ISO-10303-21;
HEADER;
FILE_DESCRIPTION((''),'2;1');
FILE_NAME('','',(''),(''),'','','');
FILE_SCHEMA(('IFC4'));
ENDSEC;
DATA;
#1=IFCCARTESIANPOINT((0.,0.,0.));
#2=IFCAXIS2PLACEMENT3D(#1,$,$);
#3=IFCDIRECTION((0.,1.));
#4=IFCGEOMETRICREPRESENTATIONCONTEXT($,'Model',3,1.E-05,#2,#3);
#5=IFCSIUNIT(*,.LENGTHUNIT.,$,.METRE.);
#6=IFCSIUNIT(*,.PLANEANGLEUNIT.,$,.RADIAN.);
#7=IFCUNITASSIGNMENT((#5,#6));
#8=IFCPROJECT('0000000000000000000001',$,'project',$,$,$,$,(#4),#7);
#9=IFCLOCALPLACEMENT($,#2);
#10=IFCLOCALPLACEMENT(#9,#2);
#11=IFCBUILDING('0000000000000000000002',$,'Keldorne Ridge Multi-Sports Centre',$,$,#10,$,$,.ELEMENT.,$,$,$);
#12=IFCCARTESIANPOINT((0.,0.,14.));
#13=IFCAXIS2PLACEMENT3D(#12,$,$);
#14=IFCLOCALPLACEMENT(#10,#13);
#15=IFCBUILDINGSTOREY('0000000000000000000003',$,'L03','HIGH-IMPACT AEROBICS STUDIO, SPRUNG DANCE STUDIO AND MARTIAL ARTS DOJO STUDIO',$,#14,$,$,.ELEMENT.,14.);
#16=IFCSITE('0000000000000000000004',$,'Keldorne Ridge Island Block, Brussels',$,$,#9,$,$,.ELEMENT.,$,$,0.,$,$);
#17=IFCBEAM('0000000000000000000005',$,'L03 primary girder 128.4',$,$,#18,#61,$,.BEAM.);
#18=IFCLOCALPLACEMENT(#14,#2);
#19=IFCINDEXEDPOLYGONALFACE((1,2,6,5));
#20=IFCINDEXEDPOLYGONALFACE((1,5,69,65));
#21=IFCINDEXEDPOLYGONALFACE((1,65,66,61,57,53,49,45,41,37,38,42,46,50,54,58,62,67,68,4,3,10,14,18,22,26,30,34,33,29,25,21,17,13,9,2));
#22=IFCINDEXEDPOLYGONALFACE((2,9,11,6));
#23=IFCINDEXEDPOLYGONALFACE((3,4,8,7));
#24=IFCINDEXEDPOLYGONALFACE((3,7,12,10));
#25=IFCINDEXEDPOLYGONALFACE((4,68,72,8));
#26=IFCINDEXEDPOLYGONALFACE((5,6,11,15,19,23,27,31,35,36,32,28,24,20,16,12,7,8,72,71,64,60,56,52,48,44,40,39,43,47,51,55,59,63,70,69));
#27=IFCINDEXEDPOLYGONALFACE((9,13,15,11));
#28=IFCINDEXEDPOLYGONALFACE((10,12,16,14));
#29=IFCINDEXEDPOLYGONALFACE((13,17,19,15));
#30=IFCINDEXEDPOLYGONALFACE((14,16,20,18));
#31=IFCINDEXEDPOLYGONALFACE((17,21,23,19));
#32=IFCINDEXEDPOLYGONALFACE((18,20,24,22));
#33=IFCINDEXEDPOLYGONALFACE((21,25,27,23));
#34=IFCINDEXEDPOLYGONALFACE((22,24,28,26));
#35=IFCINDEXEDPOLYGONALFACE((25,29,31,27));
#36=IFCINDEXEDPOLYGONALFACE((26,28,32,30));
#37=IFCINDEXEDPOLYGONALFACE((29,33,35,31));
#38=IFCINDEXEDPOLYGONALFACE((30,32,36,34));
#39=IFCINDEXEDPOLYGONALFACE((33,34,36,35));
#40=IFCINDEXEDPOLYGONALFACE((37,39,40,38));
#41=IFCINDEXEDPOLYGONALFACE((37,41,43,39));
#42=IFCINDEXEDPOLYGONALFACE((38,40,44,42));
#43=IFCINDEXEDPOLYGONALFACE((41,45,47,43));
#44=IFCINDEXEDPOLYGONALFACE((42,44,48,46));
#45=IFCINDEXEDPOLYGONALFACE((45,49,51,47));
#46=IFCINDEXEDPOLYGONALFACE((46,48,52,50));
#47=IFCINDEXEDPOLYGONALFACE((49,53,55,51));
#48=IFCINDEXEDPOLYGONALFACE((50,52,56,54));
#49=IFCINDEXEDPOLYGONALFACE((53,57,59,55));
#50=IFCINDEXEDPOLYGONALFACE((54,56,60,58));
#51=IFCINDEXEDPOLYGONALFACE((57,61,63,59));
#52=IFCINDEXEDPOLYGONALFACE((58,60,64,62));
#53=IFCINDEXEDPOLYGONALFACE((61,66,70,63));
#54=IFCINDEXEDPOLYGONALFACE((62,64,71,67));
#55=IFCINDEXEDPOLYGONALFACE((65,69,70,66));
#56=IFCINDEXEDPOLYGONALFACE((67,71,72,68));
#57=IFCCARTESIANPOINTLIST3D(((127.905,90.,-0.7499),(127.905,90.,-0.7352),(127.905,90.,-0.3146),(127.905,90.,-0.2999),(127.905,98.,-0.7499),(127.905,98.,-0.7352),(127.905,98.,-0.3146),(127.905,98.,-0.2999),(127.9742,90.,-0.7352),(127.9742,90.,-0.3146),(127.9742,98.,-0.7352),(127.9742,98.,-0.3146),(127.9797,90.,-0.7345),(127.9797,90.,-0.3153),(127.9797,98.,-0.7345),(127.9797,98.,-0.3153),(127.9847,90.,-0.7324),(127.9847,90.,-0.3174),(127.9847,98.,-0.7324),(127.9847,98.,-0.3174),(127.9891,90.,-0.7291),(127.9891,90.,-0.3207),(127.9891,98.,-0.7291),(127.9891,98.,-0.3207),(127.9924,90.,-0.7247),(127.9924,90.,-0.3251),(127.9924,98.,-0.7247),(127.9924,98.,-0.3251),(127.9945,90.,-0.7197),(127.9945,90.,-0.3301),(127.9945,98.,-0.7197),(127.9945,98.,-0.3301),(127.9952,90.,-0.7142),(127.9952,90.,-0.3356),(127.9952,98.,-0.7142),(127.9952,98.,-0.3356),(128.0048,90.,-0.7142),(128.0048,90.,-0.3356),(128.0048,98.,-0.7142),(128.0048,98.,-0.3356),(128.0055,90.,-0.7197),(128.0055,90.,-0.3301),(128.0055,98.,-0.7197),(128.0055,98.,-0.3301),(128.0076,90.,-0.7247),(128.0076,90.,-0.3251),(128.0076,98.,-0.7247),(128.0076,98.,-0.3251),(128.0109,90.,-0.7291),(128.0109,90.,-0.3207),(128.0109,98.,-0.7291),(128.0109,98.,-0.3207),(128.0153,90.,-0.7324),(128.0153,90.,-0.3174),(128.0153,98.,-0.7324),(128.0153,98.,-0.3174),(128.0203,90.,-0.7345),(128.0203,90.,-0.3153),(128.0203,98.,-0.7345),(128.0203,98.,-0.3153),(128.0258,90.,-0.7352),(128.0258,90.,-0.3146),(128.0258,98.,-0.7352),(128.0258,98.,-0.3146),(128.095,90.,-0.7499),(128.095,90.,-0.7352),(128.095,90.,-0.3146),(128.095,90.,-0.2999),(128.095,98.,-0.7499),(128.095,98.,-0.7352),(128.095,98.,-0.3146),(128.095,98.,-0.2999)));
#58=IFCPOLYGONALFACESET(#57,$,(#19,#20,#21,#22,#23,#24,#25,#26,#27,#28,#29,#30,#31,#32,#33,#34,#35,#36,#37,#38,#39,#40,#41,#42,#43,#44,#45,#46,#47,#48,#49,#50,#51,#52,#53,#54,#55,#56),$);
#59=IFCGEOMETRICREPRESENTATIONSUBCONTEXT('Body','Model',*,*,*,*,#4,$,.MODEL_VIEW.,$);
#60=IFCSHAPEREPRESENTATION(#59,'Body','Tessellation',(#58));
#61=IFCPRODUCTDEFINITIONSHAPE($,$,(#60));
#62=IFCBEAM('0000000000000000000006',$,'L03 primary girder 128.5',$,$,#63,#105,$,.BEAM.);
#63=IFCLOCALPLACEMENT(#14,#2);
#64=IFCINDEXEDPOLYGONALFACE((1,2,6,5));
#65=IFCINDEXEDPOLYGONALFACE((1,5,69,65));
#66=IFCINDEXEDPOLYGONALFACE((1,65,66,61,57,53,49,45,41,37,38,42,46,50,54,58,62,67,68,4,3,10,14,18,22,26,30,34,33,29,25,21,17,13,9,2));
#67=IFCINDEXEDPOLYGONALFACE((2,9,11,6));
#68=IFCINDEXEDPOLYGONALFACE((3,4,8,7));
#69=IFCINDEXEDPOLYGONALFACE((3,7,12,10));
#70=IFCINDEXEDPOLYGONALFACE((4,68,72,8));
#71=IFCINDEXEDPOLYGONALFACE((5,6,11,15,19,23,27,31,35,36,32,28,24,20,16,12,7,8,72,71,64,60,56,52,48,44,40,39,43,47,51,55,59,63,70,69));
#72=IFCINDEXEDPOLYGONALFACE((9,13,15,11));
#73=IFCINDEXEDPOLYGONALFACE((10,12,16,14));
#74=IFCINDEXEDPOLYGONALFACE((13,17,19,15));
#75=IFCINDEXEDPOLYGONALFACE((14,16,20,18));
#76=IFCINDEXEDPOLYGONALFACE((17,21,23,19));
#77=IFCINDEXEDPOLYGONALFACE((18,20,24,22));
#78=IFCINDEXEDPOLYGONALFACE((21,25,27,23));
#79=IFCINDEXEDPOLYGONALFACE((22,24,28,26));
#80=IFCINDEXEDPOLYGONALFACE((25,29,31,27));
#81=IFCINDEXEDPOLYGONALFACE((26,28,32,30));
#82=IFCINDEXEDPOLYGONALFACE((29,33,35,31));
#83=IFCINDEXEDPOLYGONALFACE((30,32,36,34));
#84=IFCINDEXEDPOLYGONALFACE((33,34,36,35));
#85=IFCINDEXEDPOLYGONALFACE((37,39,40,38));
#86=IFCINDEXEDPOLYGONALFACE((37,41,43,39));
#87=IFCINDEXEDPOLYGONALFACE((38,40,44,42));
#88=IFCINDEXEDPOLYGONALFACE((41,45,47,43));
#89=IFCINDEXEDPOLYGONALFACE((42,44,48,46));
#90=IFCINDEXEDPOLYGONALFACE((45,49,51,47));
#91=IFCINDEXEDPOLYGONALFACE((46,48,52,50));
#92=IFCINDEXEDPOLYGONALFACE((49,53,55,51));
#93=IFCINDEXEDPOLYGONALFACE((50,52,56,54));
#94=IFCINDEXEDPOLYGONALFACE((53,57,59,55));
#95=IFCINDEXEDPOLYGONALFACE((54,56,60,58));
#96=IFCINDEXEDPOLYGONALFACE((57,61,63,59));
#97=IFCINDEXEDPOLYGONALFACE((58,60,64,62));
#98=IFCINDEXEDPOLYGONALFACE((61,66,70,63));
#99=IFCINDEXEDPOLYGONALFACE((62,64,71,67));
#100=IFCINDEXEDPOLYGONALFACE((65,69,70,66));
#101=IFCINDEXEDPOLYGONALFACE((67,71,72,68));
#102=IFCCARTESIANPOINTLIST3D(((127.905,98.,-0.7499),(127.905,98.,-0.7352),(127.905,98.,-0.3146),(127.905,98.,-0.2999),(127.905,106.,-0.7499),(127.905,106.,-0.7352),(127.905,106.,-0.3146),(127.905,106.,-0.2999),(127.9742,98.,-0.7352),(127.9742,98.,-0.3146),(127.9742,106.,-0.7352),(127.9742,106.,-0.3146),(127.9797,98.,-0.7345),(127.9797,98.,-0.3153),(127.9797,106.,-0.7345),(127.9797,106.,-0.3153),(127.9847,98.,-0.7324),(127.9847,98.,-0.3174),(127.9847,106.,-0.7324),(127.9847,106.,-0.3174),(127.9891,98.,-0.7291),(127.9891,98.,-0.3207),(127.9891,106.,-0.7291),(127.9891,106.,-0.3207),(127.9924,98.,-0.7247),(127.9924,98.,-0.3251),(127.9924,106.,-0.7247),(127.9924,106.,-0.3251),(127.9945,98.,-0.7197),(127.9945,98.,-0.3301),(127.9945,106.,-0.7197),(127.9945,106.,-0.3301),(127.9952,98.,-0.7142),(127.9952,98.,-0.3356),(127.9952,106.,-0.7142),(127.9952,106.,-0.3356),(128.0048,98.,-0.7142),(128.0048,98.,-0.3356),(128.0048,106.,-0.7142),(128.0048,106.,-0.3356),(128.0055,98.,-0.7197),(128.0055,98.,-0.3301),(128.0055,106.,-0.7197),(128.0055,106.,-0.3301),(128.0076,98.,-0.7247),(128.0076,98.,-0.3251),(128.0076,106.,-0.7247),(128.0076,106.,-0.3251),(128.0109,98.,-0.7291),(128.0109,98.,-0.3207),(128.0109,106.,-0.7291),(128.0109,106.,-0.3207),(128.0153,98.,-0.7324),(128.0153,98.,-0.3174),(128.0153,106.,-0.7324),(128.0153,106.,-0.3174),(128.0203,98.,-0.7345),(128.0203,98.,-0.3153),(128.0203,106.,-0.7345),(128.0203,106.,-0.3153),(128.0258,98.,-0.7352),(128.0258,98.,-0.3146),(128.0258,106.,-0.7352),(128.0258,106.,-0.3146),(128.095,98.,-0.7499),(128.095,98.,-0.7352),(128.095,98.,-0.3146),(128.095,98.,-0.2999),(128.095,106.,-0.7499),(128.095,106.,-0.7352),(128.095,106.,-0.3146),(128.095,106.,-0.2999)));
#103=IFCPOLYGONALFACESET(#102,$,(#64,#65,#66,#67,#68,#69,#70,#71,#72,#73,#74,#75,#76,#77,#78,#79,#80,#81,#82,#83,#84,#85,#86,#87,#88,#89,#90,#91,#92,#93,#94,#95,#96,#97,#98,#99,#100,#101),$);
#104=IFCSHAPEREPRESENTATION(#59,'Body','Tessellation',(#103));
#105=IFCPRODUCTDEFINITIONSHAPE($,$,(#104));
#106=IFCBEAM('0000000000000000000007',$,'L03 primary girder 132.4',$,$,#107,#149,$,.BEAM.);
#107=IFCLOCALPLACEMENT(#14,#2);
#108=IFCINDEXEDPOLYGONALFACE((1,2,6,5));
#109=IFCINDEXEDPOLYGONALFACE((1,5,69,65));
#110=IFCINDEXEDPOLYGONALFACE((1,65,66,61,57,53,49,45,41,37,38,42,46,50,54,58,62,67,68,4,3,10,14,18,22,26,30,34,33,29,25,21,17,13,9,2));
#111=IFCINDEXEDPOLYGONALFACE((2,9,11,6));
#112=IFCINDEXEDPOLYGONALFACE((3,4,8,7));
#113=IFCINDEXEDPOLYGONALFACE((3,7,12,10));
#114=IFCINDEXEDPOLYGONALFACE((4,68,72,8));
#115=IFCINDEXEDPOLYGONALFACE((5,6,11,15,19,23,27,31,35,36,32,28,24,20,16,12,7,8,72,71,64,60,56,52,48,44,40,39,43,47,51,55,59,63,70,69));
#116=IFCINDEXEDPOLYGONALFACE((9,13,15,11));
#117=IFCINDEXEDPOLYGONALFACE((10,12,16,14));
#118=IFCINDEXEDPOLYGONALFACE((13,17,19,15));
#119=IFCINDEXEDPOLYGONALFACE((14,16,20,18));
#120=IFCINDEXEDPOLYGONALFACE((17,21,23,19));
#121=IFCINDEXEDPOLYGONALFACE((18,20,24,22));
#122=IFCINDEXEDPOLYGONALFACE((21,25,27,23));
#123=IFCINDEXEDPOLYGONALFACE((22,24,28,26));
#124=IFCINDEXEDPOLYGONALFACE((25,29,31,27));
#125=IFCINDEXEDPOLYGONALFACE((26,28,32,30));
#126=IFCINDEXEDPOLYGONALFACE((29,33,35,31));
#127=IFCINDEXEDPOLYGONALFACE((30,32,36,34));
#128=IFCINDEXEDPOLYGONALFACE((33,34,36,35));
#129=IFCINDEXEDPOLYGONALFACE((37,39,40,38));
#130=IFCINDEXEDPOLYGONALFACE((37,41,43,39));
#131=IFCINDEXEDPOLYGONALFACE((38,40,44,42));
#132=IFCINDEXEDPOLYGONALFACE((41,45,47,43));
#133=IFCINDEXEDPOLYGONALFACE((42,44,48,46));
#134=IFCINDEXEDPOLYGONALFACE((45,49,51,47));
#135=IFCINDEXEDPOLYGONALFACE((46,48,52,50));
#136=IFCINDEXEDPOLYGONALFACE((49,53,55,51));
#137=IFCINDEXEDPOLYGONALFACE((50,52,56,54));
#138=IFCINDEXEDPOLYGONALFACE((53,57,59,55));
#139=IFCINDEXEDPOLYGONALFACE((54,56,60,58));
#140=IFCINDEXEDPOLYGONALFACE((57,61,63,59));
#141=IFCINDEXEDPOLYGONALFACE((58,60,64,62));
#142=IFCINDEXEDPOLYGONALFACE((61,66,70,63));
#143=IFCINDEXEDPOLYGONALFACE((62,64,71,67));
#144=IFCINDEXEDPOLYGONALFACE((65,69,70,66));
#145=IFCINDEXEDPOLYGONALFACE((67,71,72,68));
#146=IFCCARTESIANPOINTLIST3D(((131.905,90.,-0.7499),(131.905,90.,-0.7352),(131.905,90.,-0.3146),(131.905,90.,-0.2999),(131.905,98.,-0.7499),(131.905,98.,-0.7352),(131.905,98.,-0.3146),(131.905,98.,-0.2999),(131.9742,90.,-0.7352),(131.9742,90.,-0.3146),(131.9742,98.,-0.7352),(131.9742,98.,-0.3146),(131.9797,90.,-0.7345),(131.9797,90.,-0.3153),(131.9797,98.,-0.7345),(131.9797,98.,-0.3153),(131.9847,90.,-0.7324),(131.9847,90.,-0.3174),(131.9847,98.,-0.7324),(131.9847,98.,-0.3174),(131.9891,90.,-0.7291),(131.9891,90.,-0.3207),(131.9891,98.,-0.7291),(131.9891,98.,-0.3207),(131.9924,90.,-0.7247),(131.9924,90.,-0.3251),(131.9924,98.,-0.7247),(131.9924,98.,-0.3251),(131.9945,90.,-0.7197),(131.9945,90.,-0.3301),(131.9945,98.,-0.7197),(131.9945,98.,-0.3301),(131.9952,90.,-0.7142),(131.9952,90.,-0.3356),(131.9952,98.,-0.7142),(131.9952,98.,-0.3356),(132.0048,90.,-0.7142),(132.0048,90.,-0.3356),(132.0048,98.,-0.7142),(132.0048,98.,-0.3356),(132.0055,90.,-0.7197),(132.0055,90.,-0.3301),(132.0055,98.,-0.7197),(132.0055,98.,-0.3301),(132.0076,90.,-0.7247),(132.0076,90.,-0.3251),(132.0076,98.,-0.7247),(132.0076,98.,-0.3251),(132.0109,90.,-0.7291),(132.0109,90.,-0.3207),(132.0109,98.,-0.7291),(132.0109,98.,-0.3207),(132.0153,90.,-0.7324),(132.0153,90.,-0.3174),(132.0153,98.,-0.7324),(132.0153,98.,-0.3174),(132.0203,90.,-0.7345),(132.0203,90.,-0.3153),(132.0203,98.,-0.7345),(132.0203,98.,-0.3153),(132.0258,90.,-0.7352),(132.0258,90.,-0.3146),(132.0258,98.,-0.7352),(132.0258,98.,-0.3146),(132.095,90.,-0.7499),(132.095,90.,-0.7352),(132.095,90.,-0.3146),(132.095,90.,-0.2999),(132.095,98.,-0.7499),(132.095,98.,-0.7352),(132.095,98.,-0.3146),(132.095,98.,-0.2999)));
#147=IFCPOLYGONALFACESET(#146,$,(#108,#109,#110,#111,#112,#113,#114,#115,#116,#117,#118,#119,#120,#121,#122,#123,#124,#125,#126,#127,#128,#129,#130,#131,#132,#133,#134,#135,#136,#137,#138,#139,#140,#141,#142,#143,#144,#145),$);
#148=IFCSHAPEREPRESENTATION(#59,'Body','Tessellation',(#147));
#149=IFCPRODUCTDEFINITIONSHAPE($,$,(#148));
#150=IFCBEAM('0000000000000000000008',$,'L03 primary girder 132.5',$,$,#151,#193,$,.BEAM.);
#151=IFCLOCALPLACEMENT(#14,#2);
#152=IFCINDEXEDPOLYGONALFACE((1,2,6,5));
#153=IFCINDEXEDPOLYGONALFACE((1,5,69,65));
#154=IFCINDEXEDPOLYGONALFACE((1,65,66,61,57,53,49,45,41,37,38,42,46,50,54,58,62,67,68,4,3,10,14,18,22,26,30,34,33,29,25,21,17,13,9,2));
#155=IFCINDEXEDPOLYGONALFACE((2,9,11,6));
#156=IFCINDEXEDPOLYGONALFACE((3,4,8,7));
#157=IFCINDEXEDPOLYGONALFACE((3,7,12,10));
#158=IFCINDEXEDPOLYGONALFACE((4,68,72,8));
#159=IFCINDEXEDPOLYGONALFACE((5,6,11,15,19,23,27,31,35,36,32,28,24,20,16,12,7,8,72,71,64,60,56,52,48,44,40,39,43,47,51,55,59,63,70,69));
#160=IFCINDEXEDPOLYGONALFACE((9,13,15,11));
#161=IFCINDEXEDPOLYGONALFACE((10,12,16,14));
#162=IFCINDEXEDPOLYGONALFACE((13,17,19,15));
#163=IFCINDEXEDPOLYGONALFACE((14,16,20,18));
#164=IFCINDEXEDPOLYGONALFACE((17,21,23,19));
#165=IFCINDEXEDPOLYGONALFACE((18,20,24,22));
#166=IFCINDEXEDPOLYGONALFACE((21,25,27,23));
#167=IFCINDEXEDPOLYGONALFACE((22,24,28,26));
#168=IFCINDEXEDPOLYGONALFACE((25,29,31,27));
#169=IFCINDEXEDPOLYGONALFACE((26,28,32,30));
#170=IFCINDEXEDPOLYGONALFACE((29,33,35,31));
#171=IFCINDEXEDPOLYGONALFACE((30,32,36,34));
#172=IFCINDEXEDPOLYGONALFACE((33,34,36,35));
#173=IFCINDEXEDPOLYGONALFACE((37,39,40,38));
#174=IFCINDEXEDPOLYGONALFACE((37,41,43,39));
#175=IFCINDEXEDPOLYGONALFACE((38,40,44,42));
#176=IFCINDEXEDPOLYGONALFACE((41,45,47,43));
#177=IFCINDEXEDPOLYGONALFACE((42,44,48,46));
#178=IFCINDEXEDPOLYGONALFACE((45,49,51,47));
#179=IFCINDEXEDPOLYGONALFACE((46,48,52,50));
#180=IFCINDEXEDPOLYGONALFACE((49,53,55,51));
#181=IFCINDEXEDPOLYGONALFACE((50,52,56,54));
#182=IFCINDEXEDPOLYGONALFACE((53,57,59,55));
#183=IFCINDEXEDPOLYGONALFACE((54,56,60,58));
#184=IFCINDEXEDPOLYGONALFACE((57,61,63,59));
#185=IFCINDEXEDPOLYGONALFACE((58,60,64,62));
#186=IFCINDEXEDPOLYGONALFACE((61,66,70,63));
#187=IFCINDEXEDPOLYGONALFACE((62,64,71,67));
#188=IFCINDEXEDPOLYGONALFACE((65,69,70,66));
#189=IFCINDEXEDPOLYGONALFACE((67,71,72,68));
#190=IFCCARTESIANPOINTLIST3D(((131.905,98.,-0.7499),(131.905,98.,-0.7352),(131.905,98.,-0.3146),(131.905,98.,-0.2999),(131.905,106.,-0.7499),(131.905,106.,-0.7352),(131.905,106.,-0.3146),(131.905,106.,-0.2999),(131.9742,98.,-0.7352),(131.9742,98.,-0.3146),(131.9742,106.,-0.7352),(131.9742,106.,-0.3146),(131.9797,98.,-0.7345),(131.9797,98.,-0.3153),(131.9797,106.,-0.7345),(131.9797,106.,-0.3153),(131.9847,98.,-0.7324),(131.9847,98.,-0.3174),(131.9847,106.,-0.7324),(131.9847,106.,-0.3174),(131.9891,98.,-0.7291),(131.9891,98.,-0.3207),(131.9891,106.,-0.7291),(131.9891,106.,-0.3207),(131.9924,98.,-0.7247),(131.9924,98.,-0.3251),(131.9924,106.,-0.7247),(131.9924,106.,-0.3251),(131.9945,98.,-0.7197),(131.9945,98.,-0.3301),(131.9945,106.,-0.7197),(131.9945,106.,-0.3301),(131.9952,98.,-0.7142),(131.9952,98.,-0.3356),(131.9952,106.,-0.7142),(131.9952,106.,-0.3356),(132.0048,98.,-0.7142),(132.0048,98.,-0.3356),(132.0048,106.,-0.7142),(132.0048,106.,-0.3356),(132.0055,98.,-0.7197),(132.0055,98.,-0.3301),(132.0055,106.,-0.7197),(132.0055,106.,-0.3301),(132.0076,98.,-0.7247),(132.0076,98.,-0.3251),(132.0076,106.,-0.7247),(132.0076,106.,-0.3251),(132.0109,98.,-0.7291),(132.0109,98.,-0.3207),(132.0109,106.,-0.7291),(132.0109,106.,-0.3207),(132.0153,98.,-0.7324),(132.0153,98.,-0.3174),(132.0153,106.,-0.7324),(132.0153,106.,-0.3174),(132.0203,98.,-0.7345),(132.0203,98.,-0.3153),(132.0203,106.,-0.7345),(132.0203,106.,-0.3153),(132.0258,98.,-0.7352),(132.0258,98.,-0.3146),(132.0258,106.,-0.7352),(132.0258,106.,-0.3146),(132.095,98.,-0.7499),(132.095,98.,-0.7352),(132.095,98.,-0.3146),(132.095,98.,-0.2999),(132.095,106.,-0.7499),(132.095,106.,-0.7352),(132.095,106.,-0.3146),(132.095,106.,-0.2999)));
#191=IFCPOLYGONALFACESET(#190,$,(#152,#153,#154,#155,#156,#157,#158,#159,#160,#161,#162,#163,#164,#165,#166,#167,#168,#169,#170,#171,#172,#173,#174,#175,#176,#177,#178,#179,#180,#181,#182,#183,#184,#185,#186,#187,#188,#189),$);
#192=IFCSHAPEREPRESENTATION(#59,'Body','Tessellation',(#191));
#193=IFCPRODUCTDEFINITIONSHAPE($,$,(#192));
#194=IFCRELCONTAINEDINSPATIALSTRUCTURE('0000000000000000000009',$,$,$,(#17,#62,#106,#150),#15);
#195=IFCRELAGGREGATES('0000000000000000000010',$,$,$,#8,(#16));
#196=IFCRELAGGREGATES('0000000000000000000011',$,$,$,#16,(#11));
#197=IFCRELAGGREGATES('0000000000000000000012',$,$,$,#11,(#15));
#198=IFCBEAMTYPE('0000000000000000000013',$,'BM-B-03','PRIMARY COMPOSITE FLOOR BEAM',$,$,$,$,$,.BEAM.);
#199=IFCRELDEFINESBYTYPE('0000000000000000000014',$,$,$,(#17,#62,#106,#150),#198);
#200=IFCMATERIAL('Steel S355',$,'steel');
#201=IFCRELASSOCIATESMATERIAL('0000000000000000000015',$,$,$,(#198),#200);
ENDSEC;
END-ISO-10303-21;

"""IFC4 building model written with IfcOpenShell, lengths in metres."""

from ifc_helpers import new_model, si_unit, direction, frame, origin, origin_2d, place, context, subcontext, project, spatial, i_section, extrude, material, material_profile, profile_set, type_object, element, save


model = new_model("IFC4")

# Units and contexts
model_context = context("Model", 3, precision=1e-05, world=origin(), true_north=direction((0.0, 1.0)))
body_context = subcontext(model_context, "Body", "Model", "MODEL_VIEW")
ifc_project = project(units=[si_unit("LENGTHUNIT", "METRE"), si_unit("PLANEANGLEUNIT", "RADIAN")], contexts=[model_context])

# Site, building, storey
site_placement = place(None, origin())
site = spatial("IfcSite", under=ifc_project, at=site_placement, Name="Keldorne Ridge Island Block, Brussels", CompositionType="ELEMENT", RefElevation=0.0)
building_placement = place(site_placement, origin())
building = spatial("IfcBuilding", under=site, at=building_placement, Name="Keldorne Ridge Multi-Sports Centre", CompositionType="ELEMENT")
storey_placement = place(building_placement, frame((0.0, 0.0, 14.0)))
storey = spatial("IfcBuildingStorey", under=building, at=storey_placement, Name="L03", Description="HIGH-IMPACT AEROBICS STUDIO, SPRUNG DANCE STUDIO AND MARTIAL ARTS DOJO STUDIO", CompositionType="ELEMENT", Elevation=14.0)

# Shared definitions
ifc_material_1 = material(Name="Steel S355", Category="steel")

# Beams
ifc_material_profile_1 = material_profile(ifc_material_1, i_section(OverallWidth=0.1899, OverallDepth=0.45, WebThickness=0.0095, FlangeThickness=0.0146, FilletRadius=0.021, at=origin_2d()), Name="IPE 450")
ifc_profile_set_1 = profile_set([ifc_material_profile_1], Name="Steel S355")
beam_type_1 = type_object("IfcBeamType", Name="BM-B-03", Description="PRIMARY COMPOSITE FLOOR BEAM", PredefinedType="BEAM", material=ifc_profile_set_1)
for number, where, z_axis, x_axis, name in (
    (1, (128.0, 90.0, -0.5249), (0.0, 1.0, 0.0), (-1.0, 0.0, 0.0), "L03 primary girder 128.4"),
    (2, (128.0, 98.0, -0.5249), (0.0, 1.0, 0.0), (-1.0, 0.0, 0.0), "L03 primary girder 128.5"),
    (3, (132.0, 90.0, -0.5249), (0.0, 1.0, 0.0), (-1.0, 0.0, 0.0), "L03 primary girder 132.4"),
    (4, (132.0, 98.0, -0.5249), (0.0, 1.0, 0.0), (-1.0, 0.0, 0.0), "L03 primary girder 132.5"),
):
    element("IfcBeam", number, at=place(storey_placement, frame(where, z_axis=z_axis, x_axis=x_axis)), inside=storey, type_object=beam_type_1, Name=name, PredefinedType="BEAM", context=body_context, shape_type="SweptSolid", body=[
        extrude(i_section(OverallWidth=0.1899, OverallDepth=0.45, WebThickness=0.0095, FlangeThickness=0.0146, FilletRadius=0.021, at=origin_2d()), origin(), (0.0, 0.0, 1.0), 8.0),
    ])

save(model, "model.ifc")
